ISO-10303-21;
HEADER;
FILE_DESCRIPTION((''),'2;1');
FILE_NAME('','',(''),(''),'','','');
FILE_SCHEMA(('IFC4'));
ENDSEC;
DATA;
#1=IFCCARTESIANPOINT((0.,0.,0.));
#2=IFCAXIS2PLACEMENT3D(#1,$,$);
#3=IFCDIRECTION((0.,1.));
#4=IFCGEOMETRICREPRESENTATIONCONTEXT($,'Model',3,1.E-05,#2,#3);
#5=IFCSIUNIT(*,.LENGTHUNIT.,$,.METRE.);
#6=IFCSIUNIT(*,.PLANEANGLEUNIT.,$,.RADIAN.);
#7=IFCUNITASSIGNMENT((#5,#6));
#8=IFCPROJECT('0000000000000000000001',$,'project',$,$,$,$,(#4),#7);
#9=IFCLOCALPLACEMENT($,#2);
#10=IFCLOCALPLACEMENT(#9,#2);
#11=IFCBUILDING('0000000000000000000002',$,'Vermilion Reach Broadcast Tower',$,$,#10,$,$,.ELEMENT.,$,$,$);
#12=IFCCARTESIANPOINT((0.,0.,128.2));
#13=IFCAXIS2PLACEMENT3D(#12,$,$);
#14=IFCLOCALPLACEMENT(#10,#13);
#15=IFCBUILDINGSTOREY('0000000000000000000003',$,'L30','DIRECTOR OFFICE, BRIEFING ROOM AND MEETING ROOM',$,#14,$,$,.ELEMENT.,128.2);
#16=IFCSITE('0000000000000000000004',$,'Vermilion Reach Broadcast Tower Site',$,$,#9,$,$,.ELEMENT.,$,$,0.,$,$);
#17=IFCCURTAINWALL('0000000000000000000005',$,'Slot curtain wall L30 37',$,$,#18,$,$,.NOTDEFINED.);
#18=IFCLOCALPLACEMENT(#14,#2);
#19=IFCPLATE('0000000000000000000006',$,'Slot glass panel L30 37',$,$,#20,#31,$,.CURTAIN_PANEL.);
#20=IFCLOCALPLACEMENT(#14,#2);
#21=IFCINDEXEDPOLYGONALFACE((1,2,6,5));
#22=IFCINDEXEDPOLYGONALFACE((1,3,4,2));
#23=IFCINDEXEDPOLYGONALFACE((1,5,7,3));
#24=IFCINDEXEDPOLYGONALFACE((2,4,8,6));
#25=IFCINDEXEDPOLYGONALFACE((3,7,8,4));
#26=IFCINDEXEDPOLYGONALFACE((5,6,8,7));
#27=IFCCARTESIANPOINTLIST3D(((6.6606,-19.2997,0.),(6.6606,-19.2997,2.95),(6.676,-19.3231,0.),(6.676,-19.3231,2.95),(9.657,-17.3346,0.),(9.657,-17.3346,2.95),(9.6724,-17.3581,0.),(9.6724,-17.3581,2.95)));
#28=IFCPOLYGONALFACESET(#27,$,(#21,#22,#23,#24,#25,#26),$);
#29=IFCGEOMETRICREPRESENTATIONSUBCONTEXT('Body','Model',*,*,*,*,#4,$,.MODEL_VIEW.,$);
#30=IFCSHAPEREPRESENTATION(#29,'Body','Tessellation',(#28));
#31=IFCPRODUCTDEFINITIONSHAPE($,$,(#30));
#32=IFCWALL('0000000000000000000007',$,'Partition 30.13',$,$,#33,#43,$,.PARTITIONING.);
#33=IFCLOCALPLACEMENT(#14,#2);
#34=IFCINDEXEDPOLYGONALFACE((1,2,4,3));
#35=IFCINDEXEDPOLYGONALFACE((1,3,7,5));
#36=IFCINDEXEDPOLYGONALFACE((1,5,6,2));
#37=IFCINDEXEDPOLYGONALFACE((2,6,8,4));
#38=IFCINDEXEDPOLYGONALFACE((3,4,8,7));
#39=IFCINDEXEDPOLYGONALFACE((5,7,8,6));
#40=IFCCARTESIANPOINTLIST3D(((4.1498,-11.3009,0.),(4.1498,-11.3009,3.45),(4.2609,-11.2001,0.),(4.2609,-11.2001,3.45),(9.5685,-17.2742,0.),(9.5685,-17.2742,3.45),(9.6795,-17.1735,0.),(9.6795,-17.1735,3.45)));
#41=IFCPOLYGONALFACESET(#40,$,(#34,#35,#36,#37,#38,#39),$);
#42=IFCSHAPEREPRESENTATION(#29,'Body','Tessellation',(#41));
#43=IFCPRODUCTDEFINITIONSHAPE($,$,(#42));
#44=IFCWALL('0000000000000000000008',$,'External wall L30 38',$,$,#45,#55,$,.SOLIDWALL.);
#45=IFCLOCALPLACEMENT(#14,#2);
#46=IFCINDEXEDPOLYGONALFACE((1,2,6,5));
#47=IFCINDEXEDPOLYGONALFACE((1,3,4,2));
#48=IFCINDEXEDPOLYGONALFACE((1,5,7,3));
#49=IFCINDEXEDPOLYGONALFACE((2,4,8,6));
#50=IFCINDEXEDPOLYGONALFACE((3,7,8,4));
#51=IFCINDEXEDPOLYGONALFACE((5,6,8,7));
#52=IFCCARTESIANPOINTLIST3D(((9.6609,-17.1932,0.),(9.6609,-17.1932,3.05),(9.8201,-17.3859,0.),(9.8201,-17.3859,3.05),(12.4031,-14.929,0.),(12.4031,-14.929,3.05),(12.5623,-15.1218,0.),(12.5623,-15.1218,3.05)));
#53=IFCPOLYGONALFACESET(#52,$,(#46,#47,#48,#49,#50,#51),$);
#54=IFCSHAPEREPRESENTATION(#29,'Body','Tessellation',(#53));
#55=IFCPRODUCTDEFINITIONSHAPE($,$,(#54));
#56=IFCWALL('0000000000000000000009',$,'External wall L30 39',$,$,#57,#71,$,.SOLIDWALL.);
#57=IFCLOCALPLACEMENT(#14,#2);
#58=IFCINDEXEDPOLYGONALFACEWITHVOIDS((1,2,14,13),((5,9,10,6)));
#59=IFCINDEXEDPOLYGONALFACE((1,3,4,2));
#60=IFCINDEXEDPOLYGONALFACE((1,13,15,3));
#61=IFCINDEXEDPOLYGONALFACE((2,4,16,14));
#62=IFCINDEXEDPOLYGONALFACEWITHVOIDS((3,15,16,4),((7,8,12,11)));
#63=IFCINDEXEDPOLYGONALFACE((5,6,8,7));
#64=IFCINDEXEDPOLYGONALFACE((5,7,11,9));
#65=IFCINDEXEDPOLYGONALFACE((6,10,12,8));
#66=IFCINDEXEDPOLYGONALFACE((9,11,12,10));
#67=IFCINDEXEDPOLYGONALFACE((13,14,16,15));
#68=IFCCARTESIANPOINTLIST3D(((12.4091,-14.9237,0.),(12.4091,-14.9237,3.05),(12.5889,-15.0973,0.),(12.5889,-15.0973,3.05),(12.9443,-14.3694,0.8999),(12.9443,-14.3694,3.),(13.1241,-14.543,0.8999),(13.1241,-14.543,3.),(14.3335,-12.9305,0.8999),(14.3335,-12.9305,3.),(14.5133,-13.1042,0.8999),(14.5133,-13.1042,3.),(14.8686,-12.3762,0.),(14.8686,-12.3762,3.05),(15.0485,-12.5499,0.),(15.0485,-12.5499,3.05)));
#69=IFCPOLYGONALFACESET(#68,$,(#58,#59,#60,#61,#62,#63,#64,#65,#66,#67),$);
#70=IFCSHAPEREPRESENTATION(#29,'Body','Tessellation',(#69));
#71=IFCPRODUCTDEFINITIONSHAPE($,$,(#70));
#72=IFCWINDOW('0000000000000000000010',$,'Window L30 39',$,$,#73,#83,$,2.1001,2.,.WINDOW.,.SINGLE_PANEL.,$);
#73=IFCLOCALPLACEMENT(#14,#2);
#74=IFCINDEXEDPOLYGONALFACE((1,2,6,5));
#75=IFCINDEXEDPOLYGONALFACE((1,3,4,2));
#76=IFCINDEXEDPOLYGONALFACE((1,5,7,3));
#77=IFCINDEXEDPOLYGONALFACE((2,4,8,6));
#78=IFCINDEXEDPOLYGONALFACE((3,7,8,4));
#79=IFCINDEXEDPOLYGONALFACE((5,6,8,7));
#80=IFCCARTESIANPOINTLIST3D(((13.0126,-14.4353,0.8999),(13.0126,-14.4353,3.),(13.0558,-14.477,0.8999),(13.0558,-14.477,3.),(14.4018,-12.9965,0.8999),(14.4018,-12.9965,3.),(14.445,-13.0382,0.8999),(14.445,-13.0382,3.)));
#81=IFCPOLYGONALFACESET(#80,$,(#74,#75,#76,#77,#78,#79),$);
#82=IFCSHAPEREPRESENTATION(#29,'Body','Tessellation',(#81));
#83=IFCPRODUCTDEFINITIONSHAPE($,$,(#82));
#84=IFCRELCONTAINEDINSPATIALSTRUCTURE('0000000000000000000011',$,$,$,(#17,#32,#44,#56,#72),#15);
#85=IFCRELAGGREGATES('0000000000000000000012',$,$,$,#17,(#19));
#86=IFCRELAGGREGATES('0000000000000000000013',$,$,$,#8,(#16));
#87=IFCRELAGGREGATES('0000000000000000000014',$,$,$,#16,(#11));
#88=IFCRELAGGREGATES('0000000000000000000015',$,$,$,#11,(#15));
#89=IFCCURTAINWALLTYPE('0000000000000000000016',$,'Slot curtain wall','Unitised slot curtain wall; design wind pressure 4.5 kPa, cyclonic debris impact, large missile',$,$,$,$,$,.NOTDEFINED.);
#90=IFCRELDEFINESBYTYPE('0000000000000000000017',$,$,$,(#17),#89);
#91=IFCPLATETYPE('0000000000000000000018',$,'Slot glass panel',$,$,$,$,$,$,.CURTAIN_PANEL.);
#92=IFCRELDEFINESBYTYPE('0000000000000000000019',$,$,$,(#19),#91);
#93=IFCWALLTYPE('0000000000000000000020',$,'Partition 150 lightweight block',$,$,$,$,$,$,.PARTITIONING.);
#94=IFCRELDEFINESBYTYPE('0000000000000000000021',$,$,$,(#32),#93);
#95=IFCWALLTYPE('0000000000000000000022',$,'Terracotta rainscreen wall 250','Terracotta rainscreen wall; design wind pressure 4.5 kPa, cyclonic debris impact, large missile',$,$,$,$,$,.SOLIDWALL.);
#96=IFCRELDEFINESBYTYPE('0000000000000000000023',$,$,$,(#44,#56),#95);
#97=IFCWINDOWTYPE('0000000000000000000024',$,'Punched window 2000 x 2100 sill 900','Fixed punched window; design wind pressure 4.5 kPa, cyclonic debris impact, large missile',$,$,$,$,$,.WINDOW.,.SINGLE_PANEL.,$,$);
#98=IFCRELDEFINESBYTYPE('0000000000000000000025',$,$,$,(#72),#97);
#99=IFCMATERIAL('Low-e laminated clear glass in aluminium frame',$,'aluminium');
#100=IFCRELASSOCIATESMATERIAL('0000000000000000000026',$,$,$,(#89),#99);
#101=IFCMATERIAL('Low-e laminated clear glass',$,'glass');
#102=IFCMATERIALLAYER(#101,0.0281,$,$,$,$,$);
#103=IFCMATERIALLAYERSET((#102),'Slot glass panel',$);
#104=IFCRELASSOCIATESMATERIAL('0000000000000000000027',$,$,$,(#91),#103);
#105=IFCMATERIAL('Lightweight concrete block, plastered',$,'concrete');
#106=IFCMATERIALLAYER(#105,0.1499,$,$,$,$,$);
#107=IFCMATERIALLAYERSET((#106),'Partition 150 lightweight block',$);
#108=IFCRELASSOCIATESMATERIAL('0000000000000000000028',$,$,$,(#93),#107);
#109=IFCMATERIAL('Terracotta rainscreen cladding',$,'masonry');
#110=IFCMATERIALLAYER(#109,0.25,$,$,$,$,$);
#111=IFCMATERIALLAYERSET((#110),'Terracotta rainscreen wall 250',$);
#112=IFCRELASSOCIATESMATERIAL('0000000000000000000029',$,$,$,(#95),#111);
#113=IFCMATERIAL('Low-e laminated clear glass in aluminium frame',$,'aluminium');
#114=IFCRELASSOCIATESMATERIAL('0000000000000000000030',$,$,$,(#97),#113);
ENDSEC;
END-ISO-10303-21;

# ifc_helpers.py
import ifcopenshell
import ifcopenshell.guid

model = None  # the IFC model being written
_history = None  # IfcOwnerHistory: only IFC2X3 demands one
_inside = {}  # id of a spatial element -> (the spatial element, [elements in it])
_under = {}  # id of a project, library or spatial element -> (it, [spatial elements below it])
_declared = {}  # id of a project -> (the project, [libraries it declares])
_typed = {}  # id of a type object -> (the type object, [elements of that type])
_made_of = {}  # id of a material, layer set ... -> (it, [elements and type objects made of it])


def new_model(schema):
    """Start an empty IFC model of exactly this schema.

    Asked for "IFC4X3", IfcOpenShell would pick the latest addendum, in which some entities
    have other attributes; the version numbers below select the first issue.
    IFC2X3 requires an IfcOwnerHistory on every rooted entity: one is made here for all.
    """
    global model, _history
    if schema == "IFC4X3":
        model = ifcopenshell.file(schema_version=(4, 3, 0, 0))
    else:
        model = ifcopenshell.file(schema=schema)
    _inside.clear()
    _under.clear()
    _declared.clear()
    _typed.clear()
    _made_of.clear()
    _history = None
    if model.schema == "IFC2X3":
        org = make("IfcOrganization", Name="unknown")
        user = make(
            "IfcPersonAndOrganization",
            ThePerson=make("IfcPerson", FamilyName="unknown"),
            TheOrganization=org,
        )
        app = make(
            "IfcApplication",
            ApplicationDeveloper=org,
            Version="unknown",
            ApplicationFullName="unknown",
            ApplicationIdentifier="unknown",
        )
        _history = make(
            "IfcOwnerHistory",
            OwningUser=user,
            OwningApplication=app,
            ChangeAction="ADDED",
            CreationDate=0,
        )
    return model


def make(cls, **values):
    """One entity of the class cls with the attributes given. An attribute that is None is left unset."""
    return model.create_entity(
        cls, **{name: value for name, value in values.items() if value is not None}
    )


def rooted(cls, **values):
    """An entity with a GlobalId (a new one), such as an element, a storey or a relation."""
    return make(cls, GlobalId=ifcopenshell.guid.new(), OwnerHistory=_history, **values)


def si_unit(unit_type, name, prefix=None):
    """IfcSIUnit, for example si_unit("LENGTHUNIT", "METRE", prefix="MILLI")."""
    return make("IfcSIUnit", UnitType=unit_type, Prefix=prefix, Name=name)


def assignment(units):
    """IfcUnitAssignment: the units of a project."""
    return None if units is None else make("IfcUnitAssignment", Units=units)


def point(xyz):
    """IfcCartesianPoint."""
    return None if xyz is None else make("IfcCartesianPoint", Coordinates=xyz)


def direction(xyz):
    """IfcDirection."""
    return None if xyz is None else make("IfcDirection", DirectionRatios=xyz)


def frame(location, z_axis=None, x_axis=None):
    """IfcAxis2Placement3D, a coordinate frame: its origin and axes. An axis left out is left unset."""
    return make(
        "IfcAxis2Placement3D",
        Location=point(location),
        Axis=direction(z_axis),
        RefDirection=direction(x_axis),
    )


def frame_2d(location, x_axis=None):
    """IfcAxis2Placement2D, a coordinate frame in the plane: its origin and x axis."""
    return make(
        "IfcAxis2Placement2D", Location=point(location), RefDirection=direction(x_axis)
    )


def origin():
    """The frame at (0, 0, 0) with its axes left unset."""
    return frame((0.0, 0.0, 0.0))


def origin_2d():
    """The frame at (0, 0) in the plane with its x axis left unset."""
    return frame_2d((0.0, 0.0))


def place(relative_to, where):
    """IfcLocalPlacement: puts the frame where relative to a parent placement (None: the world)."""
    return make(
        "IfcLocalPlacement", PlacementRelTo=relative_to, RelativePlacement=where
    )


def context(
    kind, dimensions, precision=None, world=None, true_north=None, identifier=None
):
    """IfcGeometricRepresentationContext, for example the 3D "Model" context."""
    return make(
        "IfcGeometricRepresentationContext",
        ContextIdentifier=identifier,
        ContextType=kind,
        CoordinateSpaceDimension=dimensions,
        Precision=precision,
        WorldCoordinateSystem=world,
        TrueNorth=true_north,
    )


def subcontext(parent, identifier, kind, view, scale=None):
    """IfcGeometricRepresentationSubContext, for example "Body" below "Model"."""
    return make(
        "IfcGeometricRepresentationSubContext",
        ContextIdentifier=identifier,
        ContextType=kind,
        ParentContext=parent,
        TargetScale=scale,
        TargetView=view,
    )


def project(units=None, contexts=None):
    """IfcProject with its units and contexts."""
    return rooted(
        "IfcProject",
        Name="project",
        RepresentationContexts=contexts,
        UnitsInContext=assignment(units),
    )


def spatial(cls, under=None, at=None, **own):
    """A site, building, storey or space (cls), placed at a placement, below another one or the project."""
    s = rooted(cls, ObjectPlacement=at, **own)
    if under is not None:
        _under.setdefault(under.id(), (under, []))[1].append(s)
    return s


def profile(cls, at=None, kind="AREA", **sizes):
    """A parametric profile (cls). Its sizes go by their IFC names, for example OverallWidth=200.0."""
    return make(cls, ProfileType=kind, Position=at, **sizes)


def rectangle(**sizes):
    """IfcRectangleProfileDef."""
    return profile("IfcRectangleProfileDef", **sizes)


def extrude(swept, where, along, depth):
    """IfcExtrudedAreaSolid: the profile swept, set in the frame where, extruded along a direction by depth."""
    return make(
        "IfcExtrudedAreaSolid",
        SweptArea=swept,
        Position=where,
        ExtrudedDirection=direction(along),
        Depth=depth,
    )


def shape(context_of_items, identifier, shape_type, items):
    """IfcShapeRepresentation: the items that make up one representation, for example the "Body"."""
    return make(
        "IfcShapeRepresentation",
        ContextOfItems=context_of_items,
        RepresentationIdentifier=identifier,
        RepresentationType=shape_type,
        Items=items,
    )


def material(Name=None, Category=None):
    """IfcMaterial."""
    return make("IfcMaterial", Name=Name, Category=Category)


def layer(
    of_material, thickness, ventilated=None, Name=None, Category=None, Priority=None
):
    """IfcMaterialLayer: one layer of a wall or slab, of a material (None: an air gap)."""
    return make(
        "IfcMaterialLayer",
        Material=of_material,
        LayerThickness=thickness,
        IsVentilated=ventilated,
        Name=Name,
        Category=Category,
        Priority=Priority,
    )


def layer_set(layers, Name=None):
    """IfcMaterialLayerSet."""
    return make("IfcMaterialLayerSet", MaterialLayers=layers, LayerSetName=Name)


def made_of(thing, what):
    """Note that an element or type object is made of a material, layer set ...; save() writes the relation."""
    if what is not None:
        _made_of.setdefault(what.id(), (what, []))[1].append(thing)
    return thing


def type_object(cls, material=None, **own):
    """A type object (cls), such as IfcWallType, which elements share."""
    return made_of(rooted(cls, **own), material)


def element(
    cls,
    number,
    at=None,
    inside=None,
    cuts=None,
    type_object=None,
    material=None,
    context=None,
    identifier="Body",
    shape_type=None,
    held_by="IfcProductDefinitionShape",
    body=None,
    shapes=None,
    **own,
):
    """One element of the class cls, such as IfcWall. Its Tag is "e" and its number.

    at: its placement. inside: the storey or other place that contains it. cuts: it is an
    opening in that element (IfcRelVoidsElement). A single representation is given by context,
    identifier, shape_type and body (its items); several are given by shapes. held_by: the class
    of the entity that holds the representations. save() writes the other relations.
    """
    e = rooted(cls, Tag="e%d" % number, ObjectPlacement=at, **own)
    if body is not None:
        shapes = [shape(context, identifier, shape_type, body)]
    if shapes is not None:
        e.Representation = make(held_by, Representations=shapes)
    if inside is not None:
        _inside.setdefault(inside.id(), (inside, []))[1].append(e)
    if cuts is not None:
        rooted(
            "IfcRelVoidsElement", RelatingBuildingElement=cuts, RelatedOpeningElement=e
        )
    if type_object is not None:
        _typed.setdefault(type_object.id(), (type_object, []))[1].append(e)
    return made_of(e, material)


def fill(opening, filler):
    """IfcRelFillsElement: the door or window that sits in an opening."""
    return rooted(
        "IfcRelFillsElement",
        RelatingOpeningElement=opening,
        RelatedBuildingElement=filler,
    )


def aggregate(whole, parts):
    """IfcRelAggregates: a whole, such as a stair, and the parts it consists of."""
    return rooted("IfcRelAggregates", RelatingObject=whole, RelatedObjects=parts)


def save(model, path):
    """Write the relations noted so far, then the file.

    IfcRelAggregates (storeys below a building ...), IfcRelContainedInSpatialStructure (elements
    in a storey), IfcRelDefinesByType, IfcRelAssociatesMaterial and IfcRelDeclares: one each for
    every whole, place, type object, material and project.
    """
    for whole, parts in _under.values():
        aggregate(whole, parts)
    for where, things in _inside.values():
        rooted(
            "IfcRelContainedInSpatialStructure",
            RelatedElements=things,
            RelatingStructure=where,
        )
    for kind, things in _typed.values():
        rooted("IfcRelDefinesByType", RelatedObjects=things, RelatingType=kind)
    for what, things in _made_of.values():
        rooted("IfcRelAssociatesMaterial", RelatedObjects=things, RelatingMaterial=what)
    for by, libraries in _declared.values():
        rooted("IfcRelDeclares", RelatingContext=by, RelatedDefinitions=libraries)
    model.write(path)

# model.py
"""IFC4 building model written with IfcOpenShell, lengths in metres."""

from ifc_helpers import new_model, si_unit, direction, frame, frame_2d, origin, origin_2d, place, context, subcontext, project, spatial, rectangle, extrude, material, layer, layer_set, type_object, element, fill, aggregate, save


model = new_model("IFC4")

# Units and contexts
model_context = context("Model", 3, precision=1e-05, world=origin(), true_north=direction((0.0, 1.0)))
body_context = subcontext(model_context, "Body", "Model", "MODEL_VIEW")
ifc_project = project(units=[si_unit("LENGTHUNIT", "METRE"), si_unit("PLANEANGLEUNIT", "RADIAN")], contexts=[model_context])

# Site, building, storey
site_placement = place(None, origin())
site = spatial("IfcSite", under=ifc_project, at=site_placement, Name="Vermilion Reach Broadcast Tower Site", CompositionType="ELEMENT", RefElevation=0.0)
building_placement = place(site_placement, origin())
building = spatial("IfcBuilding", under=site, at=building_placement, Name="Vermilion Reach Broadcast Tower", CompositionType="ELEMENT")
storey_placement = place(building_placement, frame((0.0, 0.0, 128.2)))
storey = spatial("IfcBuildingStorey", under=building, at=storey_placement, Name="L30", Description="DIRECTOR OFFICE, BRIEFING ROOM AND MEETING ROOM", CompositionType="ELEMENT", Elevation=128.2)

# Curtain wall, plate
ifc_material_1 = material(Name="Low-e laminated clear glass in aluminium frame", Category="aluminium")
curtain_wall_type = type_object("IfcCurtainWallType", Name="Slot curtain wall", Description="Unitised slot curtain wall; design wind pressure 4.5 kPa, cyclonic debris impact, large missile", PredefinedType="NOTDEFINED", material=ifc_material_1)
curtain_wall_placement = place(storey_placement, origin())
curtain_wall = element("IfcCurtainWall", 1, at=curtain_wall_placement, inside=storey, type_object=curtain_wall_type, Name="Slot curtain wall L30 37", PredefinedType="NOTDEFINED")
ifc_material_2 = material(Name="Low-e laminated clear glass", Category="glass")
ifc_layer_1 = layer(ifc_material_2, 0.0281)
ifc_layer_set_1 = layer_set([ifc_layer_1], Name="Slot glass panel")
plate_type = type_object("IfcPlateType", Name="Slot glass panel", PredefinedType="CURTAIN_PANEL", material=ifc_layer_set_1)
plate_placement = place(storey_placement, frame((8.1665, -18.3289, 0.0), z_axis=(0.0, 0.0, 1.0), x_axis=(0.836214, 0.548403, 0.0)))
plate = element("IfcPlate", 2, at=plate_placement, type_object=plate_type, Name="Slot glass panel L30 37", PredefinedType="CURTAIN_PANEL", context=body_context, shape_type="SweptSolid", body=[
    extrude(rectangle(XDim=3.5833, YDim=0.0281, at=origin_2d()), origin(), (0.0, 0.0, 1.0), 2.95),
])
aggregate(curtain_wall, [plate])

# Walls
ifc_material_3 = material(Name="Lightweight concrete block, plastered", Category="concrete")
ifc_layer_2 = layer(ifc_material_3, 0.1499)
ifc_layer_set_2 = layer_set([ifc_layer_2], Name="Partition 150 lightweight block")
wall_type_1 = type_object("IfcWallType", Name="Partition 150 lightweight block", PredefinedType="PARTITIONING", material=ifc_layer_set_2)
wall_1_placement = place(storey_placement, frame((9.624, -17.2239, 0.0), z_axis=(0.0, 0.0, 1.0), x_axis=(-0.671881, 0.740659, 0.0)))
element("IfcWall", 3, at=wall_1_placement, inside=storey, type_object=wall_type_1, Name="Partition 30.13", PredefinedType="PARTITIONING", context=body_context, shape_type="SweptSolid", body=[
    extrude(rectangle(XDim=8.0649, YDim=0.1499, at=frame_2d((4.0325, 0.0))), origin(), (0.0, 0.0, 1.0), 3.45),
])
ifc_material_4 = material(Name="Terracotta rainscreen cladding", Category="masonry")
ifc_layer_3 = layer(ifc_material_4, 0.25)
ifc_layer_set_3 = layer_set([ifc_layer_3], Name="Terracotta rainscreen wall 250")
wall_type_2 = type_object("IfcWallType", Name="Terracotta rainscreen wall 250", Description="Terracotta rainscreen wall; design wind pressure 4.5 kPa, cyclonic debris impact, large missile", PredefinedType="SOLIDWALL", material=ifc_layer_set_3)
wall_2_placement = place(storey_placement, frame((9.7405, -17.2896, 0.0), z_axis=(0.0, 0.0, 1.0), x_axis=(0.771117, 0.636693, 0.0)))
element("IfcWall", 4, at=wall_2_placement, inside=storey, type_object=wall_type_2, Name="External wall L30 38", PredefinedType="SOLIDWALL", context=body_context, shape_type="SweptSolid", body=[
    extrude(rectangle(XDim=3.5562, YDim=0.25, at=frame_2d((1.7781, 0.0))), origin(), (0.0, 0.0, 1.0), 3.05),
])

# Wall, opening, window
wall_3_placement = place(storey_placement, frame((12.499, -15.0105, 0.0), z_axis=(0.0, 0.0, 1.0), x_axis=(0.694587, 0.719409, 0.0)))
wall_3 = element("IfcWall", 5, at=wall_3_placement, inside=storey, type_object=wall_type_2, Name="External wall L30 39", PredefinedType="SOLIDWALL", context=body_context, shape_type="SweptSolid", body=[
    extrude(rectangle(XDim=3.541, YDim=0.25, at=frame_2d((1.7705, 0.0))), origin(), (0.0, 0.0, 1.0), 3.05),
])
opening_1_placement = place(wall_3_placement, frame((0.7705, 0.0, 0.8999)))
opening_1 = element("IfcOpeningElement", 6, at=opening_1_placement, cuts=wall_3, PredefinedType="OPENING", context=body_context, shape_type="SweptSolid", body=[
    extrude(rectangle(XDim=2.0, YDim=2.1001, at=frame_2d((1.0, 1.05))), frame((0.0, 0.135, 0.0), z_axis=(0.0, -1.0, 0.0), x_axis=(1.0, 0.0, 0.0)), (0.0, 0.0, 1.0), 0.27),
])
ifc_material_5 = material(Name="Low-e laminated clear glass in aluminium frame", Category="aluminium")
window_type = type_object("IfcWindowType", Name="Punched window 2000 x 2100 sill 900", Description="Fixed punched window; design wind pressure 4.5 kPa, cyclonic debris impact, large missile", PartitioningType="SINGLE_PANEL", PredefinedType="WINDOW", material=ifc_material_5)
window_placement = place(opening_1_placement, origin())
window = element("IfcWindow", 7, at=window_placement, inside=storey, type_object=window_type, Name="Window L30 39", OverallHeight=2.1001, OverallWidth=2.0, PartitioningType="SINGLE_PANEL", PredefinedType="WINDOW", context=body_context, shape_type="SweptSolid", body=[
    extrude(rectangle(XDim=2.0, YDim=2.1001, at=frame_2d((1.0, 1.05))), frame((0.0, 0.03, 0.0), z_axis=(0.0, -1.0, 0.0), x_axis=(1.0, 0.0, 0.0)), (0.0, 0.0, 1.0), 0.0601),
])
fill(opening_1, window)

save(model, "model.ifc")
